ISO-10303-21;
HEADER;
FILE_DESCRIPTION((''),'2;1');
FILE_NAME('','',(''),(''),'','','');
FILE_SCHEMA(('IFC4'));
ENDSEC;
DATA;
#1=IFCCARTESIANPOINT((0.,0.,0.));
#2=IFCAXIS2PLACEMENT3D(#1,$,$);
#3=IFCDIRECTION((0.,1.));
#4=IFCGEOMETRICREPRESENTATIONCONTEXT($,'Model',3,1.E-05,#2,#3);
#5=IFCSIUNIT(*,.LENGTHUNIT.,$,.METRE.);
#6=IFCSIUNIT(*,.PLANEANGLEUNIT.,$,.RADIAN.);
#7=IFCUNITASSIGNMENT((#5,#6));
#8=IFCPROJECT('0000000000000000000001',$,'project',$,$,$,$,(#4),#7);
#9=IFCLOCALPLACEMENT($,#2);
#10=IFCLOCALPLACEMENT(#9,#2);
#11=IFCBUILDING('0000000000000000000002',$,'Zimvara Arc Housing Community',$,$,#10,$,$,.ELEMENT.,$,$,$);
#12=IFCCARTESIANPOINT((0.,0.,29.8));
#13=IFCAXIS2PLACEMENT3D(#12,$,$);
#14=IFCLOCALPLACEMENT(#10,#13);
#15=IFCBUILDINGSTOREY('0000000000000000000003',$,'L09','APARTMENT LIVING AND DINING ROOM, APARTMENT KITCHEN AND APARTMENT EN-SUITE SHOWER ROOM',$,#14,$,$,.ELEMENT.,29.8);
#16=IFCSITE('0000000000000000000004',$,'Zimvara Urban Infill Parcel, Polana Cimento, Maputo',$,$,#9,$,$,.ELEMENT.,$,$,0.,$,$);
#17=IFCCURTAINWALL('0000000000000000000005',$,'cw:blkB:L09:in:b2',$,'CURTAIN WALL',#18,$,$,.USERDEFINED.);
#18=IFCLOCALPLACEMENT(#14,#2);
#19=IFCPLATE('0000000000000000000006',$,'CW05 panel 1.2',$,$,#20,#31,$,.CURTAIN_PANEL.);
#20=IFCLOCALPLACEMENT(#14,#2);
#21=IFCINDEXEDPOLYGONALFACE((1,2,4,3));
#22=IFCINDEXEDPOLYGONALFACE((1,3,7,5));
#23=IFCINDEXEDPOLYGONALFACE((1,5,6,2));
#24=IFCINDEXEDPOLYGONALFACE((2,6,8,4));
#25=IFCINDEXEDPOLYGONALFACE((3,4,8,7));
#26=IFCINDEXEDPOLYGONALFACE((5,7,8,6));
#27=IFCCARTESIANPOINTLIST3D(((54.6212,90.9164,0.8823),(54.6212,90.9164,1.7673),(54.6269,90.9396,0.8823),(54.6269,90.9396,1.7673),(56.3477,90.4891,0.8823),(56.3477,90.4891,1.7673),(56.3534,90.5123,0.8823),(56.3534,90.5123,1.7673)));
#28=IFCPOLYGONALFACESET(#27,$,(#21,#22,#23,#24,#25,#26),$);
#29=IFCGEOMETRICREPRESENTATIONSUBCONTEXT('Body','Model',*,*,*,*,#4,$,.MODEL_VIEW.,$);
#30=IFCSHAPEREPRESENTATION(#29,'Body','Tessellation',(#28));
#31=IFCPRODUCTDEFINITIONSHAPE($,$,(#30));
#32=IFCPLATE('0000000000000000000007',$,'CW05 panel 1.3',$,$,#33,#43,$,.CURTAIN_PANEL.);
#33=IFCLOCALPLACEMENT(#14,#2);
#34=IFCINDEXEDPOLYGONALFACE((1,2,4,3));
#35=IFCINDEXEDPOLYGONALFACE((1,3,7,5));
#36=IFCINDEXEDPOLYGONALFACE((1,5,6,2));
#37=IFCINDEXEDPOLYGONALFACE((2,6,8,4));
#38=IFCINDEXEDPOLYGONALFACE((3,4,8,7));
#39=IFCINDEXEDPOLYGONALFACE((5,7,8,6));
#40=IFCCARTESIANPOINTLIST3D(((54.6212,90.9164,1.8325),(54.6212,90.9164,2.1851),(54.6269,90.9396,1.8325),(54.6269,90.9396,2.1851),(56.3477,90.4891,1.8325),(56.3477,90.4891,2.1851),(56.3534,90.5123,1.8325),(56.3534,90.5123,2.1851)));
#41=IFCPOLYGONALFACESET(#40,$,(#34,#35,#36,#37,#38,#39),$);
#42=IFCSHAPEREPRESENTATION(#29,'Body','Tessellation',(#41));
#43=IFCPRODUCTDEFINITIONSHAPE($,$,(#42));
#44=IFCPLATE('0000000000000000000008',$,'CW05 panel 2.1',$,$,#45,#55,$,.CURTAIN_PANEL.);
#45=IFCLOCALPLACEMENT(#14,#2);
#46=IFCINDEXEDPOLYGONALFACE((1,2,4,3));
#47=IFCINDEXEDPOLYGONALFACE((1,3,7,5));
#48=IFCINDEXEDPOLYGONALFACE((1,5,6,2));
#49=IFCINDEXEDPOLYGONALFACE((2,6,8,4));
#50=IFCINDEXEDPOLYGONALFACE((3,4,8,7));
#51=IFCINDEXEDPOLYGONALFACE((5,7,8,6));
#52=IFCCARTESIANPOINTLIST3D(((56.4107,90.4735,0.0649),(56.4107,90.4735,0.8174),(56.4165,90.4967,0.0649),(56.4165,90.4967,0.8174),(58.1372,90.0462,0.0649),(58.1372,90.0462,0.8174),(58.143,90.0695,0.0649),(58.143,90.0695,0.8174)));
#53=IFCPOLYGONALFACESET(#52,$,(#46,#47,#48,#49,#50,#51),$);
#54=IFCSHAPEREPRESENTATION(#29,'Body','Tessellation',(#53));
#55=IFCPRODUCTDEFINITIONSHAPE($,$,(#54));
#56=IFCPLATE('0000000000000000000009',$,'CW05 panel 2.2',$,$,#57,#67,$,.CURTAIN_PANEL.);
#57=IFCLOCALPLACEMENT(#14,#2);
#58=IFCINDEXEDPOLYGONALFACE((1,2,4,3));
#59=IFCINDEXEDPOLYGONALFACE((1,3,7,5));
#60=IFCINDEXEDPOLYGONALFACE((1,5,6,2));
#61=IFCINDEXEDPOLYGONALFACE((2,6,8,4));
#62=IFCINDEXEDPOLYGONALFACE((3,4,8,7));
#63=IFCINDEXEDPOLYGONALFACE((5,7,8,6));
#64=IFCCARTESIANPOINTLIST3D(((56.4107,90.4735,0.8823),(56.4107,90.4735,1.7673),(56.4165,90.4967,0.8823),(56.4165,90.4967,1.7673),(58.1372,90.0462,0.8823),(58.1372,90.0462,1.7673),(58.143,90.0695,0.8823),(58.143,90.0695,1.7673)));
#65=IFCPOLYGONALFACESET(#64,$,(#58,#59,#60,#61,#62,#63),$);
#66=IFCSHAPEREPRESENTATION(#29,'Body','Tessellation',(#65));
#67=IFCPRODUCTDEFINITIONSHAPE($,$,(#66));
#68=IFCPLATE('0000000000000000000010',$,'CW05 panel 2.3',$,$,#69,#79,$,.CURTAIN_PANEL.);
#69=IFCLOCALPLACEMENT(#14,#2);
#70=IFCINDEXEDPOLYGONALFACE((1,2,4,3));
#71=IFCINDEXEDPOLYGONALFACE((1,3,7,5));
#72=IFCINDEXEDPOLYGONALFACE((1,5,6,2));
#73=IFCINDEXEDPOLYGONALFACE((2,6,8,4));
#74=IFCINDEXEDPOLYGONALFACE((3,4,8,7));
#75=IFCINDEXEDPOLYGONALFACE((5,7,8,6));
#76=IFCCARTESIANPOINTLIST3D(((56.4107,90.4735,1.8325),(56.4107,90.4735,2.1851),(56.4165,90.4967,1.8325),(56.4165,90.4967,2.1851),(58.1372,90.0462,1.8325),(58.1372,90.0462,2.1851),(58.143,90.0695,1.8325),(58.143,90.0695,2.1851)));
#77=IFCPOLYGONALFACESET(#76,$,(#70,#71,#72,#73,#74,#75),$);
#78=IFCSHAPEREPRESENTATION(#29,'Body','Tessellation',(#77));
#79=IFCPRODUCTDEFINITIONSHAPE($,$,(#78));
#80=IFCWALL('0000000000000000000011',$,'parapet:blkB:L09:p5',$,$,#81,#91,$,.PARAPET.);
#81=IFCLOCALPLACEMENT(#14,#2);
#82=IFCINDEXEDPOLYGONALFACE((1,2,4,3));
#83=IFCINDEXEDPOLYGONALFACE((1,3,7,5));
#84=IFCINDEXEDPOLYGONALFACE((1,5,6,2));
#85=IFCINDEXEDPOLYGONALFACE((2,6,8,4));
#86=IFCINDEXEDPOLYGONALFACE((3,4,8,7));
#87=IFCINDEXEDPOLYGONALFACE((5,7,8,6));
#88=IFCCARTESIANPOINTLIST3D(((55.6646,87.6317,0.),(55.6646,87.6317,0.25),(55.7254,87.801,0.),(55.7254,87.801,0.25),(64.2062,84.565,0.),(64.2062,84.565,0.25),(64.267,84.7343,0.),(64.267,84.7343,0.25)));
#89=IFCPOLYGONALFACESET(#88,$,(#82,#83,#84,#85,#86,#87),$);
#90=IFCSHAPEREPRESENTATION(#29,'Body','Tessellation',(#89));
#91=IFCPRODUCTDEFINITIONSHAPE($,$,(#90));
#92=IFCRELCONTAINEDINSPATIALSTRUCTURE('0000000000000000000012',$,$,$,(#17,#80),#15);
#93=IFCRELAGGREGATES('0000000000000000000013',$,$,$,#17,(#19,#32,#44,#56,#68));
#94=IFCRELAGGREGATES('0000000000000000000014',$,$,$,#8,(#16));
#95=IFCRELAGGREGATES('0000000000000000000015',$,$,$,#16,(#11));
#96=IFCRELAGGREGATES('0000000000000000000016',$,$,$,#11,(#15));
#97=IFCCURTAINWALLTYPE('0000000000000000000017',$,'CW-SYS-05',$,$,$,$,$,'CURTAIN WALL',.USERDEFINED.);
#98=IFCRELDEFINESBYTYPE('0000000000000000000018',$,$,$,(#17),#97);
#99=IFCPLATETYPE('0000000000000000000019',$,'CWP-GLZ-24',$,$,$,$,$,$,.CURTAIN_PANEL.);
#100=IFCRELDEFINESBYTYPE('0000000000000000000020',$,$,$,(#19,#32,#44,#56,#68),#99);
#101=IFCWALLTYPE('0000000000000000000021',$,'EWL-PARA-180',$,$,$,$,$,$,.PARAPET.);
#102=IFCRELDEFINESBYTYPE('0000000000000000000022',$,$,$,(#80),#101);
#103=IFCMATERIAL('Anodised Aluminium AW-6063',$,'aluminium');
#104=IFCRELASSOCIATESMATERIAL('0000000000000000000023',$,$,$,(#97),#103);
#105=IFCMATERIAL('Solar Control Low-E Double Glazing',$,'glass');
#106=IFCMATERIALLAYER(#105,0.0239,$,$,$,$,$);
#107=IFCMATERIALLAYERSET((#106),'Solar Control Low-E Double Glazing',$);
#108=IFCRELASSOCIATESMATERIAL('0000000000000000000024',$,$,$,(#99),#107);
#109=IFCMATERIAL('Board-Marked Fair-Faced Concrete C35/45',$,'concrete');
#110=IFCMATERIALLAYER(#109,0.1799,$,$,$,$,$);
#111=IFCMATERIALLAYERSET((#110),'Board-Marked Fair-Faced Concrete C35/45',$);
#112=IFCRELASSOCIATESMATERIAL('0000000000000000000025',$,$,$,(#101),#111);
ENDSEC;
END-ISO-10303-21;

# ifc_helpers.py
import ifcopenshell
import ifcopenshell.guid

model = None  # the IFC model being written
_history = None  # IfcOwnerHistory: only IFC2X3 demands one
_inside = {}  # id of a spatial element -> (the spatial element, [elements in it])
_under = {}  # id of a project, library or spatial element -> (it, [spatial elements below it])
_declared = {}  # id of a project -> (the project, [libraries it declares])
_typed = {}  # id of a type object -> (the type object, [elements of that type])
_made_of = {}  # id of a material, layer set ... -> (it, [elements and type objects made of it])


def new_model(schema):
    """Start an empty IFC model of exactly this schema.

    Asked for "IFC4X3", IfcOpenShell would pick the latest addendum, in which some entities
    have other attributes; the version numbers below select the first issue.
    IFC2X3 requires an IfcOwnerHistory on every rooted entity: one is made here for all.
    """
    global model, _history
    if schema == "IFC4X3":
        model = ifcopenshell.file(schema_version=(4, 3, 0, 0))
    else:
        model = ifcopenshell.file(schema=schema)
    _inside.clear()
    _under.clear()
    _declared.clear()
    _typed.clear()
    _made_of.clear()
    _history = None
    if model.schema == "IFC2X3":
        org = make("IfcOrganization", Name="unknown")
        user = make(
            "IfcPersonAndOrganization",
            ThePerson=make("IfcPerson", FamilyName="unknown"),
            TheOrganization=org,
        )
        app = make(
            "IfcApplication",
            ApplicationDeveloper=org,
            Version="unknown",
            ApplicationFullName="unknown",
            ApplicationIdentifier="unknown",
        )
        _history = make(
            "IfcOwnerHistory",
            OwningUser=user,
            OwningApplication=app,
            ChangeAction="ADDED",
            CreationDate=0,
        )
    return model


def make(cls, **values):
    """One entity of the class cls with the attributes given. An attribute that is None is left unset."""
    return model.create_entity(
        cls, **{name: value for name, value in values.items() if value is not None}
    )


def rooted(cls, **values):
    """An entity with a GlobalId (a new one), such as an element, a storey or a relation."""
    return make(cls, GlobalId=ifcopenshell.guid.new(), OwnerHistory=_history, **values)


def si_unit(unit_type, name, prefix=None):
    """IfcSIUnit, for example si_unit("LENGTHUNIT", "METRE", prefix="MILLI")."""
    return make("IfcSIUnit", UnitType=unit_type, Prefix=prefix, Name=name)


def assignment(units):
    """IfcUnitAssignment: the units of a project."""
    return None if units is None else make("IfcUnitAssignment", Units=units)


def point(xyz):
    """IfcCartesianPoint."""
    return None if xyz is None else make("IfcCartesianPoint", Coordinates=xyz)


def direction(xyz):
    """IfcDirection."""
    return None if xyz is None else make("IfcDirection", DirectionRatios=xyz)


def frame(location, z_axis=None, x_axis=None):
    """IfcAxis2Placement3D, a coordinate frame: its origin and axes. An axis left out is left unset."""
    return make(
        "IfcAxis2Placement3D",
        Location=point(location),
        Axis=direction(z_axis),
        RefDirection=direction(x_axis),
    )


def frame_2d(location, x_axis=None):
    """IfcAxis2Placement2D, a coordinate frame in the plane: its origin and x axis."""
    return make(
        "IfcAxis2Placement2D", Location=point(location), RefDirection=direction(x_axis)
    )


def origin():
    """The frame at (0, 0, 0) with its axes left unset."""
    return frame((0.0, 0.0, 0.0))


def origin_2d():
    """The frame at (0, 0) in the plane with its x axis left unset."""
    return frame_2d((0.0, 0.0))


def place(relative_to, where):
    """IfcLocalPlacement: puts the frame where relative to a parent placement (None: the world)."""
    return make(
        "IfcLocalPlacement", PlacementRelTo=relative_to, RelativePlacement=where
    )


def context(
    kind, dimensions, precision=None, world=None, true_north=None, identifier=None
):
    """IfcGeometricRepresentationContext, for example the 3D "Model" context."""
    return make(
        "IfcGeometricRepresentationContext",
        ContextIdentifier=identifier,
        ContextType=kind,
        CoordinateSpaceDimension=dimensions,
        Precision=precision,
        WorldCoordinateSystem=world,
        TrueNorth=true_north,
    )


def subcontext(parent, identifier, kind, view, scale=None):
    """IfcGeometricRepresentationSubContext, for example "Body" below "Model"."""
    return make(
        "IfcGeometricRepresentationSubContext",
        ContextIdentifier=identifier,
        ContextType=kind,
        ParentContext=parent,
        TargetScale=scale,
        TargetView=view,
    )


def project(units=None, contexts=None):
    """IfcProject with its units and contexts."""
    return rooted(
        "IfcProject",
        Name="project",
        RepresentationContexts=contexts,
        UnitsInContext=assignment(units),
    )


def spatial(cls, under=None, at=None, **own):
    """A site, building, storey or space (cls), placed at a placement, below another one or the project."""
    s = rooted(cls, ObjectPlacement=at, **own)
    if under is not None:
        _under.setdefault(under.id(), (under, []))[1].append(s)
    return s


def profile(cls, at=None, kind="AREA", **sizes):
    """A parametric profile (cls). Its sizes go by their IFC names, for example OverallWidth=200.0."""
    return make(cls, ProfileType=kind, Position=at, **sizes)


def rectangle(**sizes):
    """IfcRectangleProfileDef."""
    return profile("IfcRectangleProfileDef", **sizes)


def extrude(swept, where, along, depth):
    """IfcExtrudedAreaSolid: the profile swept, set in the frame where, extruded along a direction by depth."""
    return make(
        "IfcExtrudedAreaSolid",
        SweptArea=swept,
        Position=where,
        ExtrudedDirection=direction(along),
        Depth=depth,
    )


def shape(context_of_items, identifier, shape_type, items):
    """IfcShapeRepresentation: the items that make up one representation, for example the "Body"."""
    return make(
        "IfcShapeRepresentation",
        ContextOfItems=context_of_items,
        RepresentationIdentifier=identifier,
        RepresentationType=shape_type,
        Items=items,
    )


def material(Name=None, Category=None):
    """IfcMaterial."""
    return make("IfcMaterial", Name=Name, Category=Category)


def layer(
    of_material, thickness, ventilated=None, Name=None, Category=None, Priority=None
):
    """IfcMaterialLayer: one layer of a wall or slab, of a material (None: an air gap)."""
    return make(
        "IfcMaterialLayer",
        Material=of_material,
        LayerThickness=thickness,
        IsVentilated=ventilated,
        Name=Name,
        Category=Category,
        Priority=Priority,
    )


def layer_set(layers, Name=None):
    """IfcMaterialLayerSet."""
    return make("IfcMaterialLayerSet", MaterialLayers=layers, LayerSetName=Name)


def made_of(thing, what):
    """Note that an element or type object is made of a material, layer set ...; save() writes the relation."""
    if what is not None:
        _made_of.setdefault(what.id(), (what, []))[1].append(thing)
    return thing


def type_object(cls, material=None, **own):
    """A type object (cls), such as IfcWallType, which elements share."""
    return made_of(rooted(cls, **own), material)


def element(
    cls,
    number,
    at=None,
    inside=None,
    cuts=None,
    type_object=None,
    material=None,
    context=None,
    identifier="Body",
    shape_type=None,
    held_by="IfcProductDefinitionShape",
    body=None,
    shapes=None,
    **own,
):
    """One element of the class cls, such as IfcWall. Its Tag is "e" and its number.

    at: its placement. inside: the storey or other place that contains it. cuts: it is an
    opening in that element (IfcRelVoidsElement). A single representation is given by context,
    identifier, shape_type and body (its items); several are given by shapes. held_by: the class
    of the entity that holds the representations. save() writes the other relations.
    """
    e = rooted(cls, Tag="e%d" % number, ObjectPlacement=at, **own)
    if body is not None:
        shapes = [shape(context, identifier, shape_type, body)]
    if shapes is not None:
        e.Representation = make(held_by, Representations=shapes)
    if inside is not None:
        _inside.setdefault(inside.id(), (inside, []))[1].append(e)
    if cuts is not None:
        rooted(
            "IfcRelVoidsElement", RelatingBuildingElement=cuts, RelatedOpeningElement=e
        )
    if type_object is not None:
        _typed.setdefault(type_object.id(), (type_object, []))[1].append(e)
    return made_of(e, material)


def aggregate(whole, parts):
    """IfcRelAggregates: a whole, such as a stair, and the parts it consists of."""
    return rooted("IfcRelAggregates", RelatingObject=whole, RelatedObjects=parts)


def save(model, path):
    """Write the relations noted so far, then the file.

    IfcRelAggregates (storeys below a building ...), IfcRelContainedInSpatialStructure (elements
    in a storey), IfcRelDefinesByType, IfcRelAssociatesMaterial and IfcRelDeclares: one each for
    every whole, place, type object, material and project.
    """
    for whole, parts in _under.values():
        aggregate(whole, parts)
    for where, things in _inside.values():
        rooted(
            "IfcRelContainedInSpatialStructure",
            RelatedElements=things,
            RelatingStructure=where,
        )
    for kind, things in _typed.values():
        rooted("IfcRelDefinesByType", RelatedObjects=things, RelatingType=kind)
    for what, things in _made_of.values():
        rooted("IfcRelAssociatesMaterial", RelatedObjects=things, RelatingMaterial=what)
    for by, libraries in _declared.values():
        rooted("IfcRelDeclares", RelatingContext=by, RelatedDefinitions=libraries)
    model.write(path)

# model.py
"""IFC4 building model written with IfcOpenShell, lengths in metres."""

from ifc_helpers import new_model, si_unit, direction, frame, frame_2d, origin, origin_2d, place, context, subcontext, project, spatial, rectangle, extrude, material, layer, layer_set, type_object, element, aggregate, save


model = new_model("IFC4")

# Units and contexts
model_context = context("Model", 3, precision=1e-05, world=origin(), true_north=direction((0.0, 1.0)))
body_context = subcontext(model_context, "Body", "Model", "MODEL_VIEW")
ifc_project = project(units=[si_unit("LENGTHUNIT", "METRE"), si_unit("PLANEANGLEUNIT", "RADIAN")], contexts=[model_context])

# Site, building, storey
site_placement = place(None, origin())
site = spatial("IfcSite", under=ifc_project, at=site_placement, Name="Zimvara Urban Infill Parcel, Polana Cimento, Maputo", CompositionType="ELEMENT", RefElevation=0.0)
building_placement = place(site_placement, origin())
building = spatial("IfcBuilding", under=site, at=building_placement, Name="Zimvara Arc Housing Community", CompositionType="ELEMENT")
storey_placement = place(building_placement, frame((0.0, 0.0, 29.8)))
storey = spatial("IfcBuildingStorey", under=building, at=storey_placement, Name="L09", Description="APARTMENT LIVING AND DINING ROOM, APARTMENT KITCHEN AND APARTMENT EN-SUITE SHOWER ROOM", CompositionType="ELEMENT", Elevation=29.8)

# Curtain wall, plates
ifc_material_1 = material(Name="Anodised Aluminium AW-6063", Category="aluminium")
curtain_wall_type = type_object("IfcCurtainWallType", Name="CW-SYS-05", ElementType="CURTAIN WALL", PredefinedType="USERDEFINED", material=ifc_material_1)
curtain_wall_placement = place(storey_placement, origin())
curtain_wall = element("IfcCurtainWall", 1, at=curtain_wall_placement, inside=storey, type_object=curtain_wall_type, Name="cw:blkB:L09:in:b2", ObjectType="CURTAIN WALL", PredefinedType="USERDEFINED")
ifc_material_2 = material(Name="Solar Control Low-E Double Glazing", Category="glass")
ifc_layer_1 = layer(ifc_material_2, 0.0239)
ifc_layer_set_1 = layer_set([ifc_layer_1], Name="Solar Control Low-E Double Glazing")
plate_type = type_object("IfcPlateType", Name="CWP-GLZ-24", PredefinedType="CURTAIN_PANEL", material=ifc_layer_set_1)
plate_1_placement = place(storey_placement, frame((55.4873, 90.7144, 0.8823), z_axis=(0.0, 0.0, 1.0), x_axis=(0.970716, -0.240229, 0.0)))
plate_1 = element("IfcPlate", 2, at=plate_1_placement, type_object=plate_type, Name="CW05 panel 1.2", PredefinedType="CURTAIN_PANEL", context=body_context, shape_type="SweptSolid", body=[
    extrude(rectangle(XDim=1.7786, YDim=0.0239, at=origin_2d()), origin(), (0.0, 0.0, 1.0), 0.885),
])
plate_2_placement = place(storey_placement, frame((55.4873, 90.7144, 1.8325), z_axis=(0.0, 0.0, 1.0), x_axis=(0.970716, -0.240229, 0.0)))
plate_2 = element("IfcPlate", 3, at=plate_2_placement, type_object=plate_type, Name="CW05 panel 1.3", PredefinedType="CURTAIN_PANEL", context=body_context, shape_type="SweptSolid", body=[
    extrude(rectangle(XDim=1.7786, YDim=0.0239, at=origin_2d()), origin(), (0.0, 0.0, 1.0), 0.3525),
])
plate_3_placement = place(storey_placement, frame((57.2769, 90.2715, 0.0649), z_axis=(0.0, 0.0, 1.0), x_axis=(0.970716, -0.240229, 0.0)))
plate_3 = element("IfcPlate", 4, at=plate_3_placement, type_object=plate_type, Name="CW05 panel 2.1", PredefinedType="CURTAIN_PANEL", context=body_context, shape_type="SweptSolid", body=[
    extrude(rectangle(XDim=1.7786, YDim=0.0239, at=origin_2d()), origin(), (0.0, 0.0, 1.0), 0.7524),
])
plate_4_placement = place(storey_placement, frame((57.2769, 90.2715, 0.8823), z_axis=(0.0, 0.0, 1.0), x_axis=(0.970716, -0.240229, 0.0)))
plate_4 = element("IfcPlate", 5, at=plate_4_placement, type_object=plate_type, Name="CW05 panel 2.2", PredefinedType="CURTAIN_PANEL", context=body_context, shape_type="SweptSolid", body=[
    extrude(rectangle(XDim=1.7786, YDim=0.0239, at=origin_2d()), origin(), (0.0, 0.0, 1.0), 0.885),
])
plate_5_placement = place(storey_placement, frame((57.2769, 90.2715, 1.8325), z_axis=(0.0, 0.0, 1.0), x_axis=(0.970716, -0.240229, 0.0)))
plate_5 = element("IfcPlate", 6, at=plate_5_placement, type_object=plate_type, Name="CW05 panel 2.3", PredefinedType="CURTAIN_PANEL", context=body_context, shape_type="SweptSolid", body=[
    extrude(rectangle(XDim=1.7786, YDim=0.0239, at=origin_2d()), origin(), (0.0, 0.0, 1.0), 0.3525),
])
aggregate(curtain_wall, [plate_1, plate_2, plate_3, plate_4, plate_5])

# Wall
ifc_material_3 = material(Name="Board-Marked Fair-Faced Concrete C35/45", Category="concrete")
ifc_layer_2 = layer(ifc_material_3, 0.1799)
ifc_layer_set_2 = layer_set([ifc_layer_2], Name="Board-Marked Fair-Faced Concrete C35/45")
wall_type_1 = type_object("IfcWallType", Name="EWL-PARA-180", PredefinedType="PARAPET", material=ifc_layer_set_2)
wall_1_placement = place(storey_placement, frame((55.6951, 87.7163, 0.0), z_axis=(0.0, 0.0, 1.0), x_axis=(0.941178, -0.337911, 0.0)))
element("IfcWall", 7, at=wall_1_placement, inside=storey, type_object=wall_type_1, Name="parapet:blkB:L09:p5", PredefinedType="PARAPET", context=body_context, shape_type="SweptSolid", body=[
    extrude(rectangle(XDim=9.0754, YDim=0.1799, at=frame_2d((4.5376, 0.0))), origin(), (0.0, 0.0, 1.0), 0.25),
])

save(model, "model.ifc")
